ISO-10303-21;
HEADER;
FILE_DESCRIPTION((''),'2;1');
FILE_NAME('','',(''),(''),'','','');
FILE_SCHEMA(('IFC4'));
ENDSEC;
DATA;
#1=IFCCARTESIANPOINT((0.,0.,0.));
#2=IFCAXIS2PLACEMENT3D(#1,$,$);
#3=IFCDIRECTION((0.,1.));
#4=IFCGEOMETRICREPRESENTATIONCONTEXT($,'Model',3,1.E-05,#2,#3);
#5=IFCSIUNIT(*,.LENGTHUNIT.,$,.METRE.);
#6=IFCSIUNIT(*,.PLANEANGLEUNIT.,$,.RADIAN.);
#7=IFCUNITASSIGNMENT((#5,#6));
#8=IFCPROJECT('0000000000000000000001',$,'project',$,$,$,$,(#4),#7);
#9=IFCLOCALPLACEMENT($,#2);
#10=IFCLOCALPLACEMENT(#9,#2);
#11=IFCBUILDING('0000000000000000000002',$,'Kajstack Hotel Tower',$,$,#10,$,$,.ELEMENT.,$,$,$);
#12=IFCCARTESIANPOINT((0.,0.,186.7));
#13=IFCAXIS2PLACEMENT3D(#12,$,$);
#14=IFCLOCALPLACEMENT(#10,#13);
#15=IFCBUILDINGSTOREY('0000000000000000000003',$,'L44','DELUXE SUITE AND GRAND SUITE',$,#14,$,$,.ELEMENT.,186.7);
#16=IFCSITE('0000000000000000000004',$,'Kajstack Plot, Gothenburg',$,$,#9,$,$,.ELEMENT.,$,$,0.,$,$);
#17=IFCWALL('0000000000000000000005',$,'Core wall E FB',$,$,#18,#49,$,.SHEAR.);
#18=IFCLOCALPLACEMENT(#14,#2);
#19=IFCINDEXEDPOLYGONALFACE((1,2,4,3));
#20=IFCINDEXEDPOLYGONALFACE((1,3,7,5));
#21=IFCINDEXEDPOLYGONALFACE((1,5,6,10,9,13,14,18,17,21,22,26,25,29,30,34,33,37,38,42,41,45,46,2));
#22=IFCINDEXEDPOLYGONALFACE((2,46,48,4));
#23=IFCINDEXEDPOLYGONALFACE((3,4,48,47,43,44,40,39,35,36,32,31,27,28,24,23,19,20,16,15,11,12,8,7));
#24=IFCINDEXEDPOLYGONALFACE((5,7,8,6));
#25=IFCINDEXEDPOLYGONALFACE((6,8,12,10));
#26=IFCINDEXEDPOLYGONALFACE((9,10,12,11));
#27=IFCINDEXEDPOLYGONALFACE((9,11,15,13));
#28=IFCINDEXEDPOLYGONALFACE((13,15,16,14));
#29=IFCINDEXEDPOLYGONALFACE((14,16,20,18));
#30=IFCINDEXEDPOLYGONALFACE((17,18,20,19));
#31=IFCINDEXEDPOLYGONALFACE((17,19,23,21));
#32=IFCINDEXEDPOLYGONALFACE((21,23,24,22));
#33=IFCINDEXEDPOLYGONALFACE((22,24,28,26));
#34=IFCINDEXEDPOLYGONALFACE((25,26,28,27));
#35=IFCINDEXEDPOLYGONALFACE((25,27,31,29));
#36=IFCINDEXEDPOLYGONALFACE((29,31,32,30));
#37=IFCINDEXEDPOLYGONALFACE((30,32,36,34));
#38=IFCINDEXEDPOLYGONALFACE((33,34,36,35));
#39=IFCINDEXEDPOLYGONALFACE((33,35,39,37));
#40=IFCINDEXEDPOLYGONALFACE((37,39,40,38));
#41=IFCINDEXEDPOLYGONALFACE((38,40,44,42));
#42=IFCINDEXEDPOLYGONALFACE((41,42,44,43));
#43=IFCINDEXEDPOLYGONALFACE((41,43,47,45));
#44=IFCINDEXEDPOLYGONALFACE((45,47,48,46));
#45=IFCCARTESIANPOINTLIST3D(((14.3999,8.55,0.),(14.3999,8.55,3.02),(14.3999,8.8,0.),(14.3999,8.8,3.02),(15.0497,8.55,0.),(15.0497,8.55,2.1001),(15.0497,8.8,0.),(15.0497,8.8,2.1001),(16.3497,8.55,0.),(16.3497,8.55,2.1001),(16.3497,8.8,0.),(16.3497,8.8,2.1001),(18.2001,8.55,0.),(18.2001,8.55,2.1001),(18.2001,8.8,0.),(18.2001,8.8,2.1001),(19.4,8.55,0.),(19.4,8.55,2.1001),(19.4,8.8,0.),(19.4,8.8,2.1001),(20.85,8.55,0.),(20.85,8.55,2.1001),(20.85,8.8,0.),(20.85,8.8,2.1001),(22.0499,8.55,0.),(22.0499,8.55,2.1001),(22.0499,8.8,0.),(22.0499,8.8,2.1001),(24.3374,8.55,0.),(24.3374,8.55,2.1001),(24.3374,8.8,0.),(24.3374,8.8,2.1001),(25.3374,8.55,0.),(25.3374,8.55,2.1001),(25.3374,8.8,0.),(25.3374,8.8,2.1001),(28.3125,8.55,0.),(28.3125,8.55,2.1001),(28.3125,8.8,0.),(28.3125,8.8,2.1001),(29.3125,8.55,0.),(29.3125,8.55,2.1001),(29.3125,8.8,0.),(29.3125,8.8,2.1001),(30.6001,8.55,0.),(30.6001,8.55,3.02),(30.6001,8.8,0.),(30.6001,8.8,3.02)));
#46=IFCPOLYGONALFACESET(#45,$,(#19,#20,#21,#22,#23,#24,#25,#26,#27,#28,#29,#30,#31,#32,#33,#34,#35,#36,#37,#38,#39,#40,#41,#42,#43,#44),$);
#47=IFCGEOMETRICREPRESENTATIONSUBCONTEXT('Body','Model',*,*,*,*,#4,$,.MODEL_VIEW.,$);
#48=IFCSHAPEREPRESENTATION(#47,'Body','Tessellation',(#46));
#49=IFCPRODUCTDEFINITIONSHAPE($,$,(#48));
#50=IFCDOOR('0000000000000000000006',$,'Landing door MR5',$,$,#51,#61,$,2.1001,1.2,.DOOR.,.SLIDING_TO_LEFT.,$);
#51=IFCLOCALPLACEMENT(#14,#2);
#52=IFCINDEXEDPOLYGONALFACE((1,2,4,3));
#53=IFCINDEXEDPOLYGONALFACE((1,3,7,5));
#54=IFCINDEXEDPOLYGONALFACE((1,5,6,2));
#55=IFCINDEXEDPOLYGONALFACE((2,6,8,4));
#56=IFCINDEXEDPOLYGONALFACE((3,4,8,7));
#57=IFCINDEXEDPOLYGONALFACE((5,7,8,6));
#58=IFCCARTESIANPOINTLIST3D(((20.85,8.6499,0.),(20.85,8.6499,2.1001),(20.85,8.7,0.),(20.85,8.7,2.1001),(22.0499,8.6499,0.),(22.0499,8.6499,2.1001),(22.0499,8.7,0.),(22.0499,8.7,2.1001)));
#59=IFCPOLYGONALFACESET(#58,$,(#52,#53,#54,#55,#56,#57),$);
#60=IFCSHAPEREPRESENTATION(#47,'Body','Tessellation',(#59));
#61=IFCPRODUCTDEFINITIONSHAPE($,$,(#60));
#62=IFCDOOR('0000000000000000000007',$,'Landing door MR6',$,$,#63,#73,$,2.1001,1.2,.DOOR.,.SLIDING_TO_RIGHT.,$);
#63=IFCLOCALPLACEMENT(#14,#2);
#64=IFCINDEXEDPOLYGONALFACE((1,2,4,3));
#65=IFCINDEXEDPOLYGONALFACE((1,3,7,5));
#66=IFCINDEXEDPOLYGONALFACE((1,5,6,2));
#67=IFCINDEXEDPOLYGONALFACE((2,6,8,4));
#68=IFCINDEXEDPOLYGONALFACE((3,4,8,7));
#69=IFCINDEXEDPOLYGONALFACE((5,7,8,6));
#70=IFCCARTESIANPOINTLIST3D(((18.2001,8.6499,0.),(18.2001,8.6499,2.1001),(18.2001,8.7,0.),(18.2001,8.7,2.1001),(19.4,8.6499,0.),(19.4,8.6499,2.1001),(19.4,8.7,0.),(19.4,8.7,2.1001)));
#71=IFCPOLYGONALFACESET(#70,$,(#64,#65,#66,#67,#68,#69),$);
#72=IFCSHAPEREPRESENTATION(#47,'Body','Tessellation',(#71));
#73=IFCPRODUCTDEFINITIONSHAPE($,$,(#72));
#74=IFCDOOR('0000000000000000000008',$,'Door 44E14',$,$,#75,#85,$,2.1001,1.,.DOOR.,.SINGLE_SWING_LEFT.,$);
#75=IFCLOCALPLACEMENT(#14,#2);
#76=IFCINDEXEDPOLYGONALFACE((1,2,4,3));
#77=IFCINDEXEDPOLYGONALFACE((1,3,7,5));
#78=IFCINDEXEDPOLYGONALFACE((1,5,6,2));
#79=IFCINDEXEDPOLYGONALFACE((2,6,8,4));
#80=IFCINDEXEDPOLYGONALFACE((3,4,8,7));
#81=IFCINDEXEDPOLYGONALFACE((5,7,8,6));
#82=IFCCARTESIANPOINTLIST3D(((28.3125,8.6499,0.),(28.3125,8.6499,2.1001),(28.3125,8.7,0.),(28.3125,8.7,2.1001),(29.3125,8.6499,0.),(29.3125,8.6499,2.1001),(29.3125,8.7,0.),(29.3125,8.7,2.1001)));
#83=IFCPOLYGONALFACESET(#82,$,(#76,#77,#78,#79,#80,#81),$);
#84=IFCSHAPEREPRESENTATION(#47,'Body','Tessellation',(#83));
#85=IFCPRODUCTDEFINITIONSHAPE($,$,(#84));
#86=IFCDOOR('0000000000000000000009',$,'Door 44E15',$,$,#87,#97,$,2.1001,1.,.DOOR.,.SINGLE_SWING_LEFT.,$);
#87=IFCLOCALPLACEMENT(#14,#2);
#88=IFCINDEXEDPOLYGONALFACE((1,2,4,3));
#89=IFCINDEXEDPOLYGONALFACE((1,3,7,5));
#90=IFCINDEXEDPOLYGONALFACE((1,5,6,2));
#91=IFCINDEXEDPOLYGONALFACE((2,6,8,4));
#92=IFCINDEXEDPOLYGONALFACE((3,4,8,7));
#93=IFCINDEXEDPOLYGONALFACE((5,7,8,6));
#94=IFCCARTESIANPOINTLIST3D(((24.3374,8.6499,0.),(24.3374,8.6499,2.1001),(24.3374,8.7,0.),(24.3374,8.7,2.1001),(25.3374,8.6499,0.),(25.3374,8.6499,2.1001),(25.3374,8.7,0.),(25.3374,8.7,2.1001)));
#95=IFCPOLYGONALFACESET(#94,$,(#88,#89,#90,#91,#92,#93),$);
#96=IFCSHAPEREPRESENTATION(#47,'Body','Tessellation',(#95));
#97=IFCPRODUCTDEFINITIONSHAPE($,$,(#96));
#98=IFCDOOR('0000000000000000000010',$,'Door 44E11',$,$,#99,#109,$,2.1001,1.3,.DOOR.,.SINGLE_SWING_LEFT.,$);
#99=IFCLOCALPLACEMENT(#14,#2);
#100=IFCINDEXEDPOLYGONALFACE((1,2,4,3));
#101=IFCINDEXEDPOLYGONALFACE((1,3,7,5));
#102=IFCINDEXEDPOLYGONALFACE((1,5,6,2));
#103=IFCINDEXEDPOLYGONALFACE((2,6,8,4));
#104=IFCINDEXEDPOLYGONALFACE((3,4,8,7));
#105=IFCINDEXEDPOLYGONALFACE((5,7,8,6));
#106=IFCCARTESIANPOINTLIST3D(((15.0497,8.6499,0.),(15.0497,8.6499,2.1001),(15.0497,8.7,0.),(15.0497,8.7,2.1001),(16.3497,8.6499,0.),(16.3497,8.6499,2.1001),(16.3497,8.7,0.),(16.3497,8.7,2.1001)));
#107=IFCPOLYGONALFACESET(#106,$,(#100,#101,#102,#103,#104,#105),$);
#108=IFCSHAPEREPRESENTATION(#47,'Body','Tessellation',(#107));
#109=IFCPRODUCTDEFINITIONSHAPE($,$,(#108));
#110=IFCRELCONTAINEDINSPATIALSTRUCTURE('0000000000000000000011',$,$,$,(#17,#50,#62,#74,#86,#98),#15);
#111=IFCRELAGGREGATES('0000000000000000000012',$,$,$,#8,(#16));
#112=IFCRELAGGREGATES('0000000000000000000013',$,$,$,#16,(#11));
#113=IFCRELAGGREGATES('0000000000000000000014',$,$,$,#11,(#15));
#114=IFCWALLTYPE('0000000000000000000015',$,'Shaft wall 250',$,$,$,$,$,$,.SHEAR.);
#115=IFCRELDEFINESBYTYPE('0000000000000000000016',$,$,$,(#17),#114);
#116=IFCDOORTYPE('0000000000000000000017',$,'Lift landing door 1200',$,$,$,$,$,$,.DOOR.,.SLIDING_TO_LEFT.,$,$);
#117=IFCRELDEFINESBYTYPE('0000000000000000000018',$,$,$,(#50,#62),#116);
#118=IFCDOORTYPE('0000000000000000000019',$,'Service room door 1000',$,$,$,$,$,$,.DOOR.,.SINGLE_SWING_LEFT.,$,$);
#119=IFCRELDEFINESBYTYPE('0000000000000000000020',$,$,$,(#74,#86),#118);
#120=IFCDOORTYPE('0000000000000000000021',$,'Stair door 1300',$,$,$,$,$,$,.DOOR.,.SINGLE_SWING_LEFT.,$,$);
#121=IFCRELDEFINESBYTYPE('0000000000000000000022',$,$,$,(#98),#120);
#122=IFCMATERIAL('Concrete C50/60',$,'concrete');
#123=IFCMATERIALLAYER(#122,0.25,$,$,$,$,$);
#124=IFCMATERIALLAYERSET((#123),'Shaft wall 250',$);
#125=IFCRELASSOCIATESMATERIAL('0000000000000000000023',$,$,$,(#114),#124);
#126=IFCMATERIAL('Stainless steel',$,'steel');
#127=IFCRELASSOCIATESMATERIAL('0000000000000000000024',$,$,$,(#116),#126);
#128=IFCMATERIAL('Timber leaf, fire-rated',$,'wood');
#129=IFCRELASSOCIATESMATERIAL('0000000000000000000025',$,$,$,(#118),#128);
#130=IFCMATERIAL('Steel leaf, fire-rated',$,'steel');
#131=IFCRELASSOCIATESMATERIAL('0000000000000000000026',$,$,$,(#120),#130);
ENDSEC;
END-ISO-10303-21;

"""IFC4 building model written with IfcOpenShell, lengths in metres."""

from ifc_helpers import new_model, si_unit, direction, frame, frame_2d, origin, place, context, subcontext, project, spatial, rectangle, extrude, material, layer, layer_set, type_object, element, fill, save


model = new_model("IFC4")

# Units and contexts
model_context = context("Model", 3, precision=1e-05, world=origin(), true_north=direction((0.0, 1.0)))
body_context = subcontext(model_context, "Body", "Model", "MODEL_VIEW")
ifc_project = project(units=[si_unit("LENGTHUNIT", "METRE"), si_unit("PLANEANGLEUNIT", "RADIAN")], contexts=[model_context])

# Site, building, storey
site_placement = place(None, origin())
site = spatial("IfcSite", under=ifc_project, at=site_placement, Name="Kajstack Plot, Gothenburg", CompositionType="ELEMENT", RefElevation=0.0)
building_placement = place(site_placement, origin())
building = spatial("IfcBuilding", under=site, at=building_placement, Name="Kajstack Hotel Tower", CompositionType="ELEMENT")
storey_placement = place(building_placement, frame((0.0, 0.0, 186.7)))
storey = spatial("IfcBuildingStorey", under=building, at=storey_placement, Name="L44", Description="DELUXE SUITE AND GRAND SUITE", CompositionType="ELEMENT", Elevation=186.7)

# Wall, openings, doors
ifc_material_1 = material(Name="Concrete C50/60", Category="concrete")
ifc_layer_1 = layer(ifc_material_1, 0.25)
ifc_layer_set_1 = layer_set([ifc_layer_1], Name="Shaft wall 250")
wall_type_1 = type_object("IfcWallType", Name="Shaft wall 250", PredefinedType="SHEAR", material=ifc_layer_set_1)
wall_1_placement = place(storey_placement, frame((14.3999, 8.675, 0.0), z_axis=(0.0, 0.0, 1.0), x_axis=(1.0, 0.0, 0.0)))
wall_1 = element("IfcWall", 1, at=wall_1_placement, inside=storey, type_object=wall_type_1, Name="Core wall E FB", PredefinedType="SHEAR", context=body_context, shape_type="SweptSolid", body=[
    extrude(rectangle(XDim=16.2002, YDim=0.25, at=frame_2d((8.1001, 0.0))), origin(), (0.0, 0.0, 1.0), 3.02),
])
opening_1_placement = place(wall_1_placement, frame((6.45, 0.0, 0.0)))
opening_1 = element("IfcOpeningElement", 2, at=opening_1_placement, cuts=wall_1, PredefinedType="OPENING", context=body_context, shape_type="SweptSolid", body=[
    extrude(rectangle(XDim=1.2, YDim=2.1001, at=frame_2d((0.6001, 1.05))), frame((0.0, 0.135, 0.0), z_axis=(0.0, -1.0, 0.0), x_axis=(1.0, 0.0, 0.0)), (0.0, 0.0, 1.0), 0.27),
])
opening_2_placement = place(wall_1_placement, frame((3.8, 0.0, 0.0)))
opening_2 = element("IfcOpeningElement", 3, at=opening_2_placement, cuts=wall_1, PredefinedType="OPENING", context=body_context, shape_type="SweptSolid", body=[
    extrude(rectangle(XDim=1.2, YDim=2.1001, at=frame_2d((0.6001, 1.05))), frame((0.0, 0.135, 0.0), z_axis=(0.0, -1.0, 0.0), x_axis=(1.0, 0.0, 0.0)), (0.0, 0.0, 1.0), 0.27),
])
opening_3_placement = place(wall_1_placement, frame((0.6499, 0.0, 0.0)))
opening_3 = element("IfcOpeningElement", 4, at=opening_3_placement, cuts=wall_1, PredefinedType="OPENING", context=body_context, shape_type="SweptSolid", body=[
    extrude(rectangle(XDim=1.3, YDim=2.1001, at=frame_2d((0.6499, 1.05))), frame((0.0, 0.135, 0.0), z_axis=(0.0, -1.0, 0.0), x_axis=(1.0, 0.0, 0.0)), (0.0, 0.0, 1.0), 0.27),
])
opening_4_placement = place(wall_1_placement, frame((13.9126, 0.0, 0.0)))
opening_4 = element("IfcOpeningElement", 5, at=opening_4_placement, cuts=wall_1, PredefinedType="OPENING", context=body_context, shape_type="SweptSolid", body=[
    extrude(rectangle(XDim=1.0, YDim=2.1001, at=frame_2d((0.5, 1.05))), frame((0.0, 0.135, 0.0), z_axis=(0.0, -1.0, 0.0), x_axis=(1.0, 0.0, 0.0)), (0.0, 0.0, 1.0), 0.27),
])
opening_5_placement = place(wall_1_placement, frame((9.9375, 0.0, 0.0)))
opening_5 = element("IfcOpeningElement", 6, at=opening_5_placement, cuts=wall_1, PredefinedType="OPENING", context=body_context, shape_type="SweptSolid", body=[
    extrude(rectangle(XDim=1.0, YDim=2.1001, at=frame_2d((0.5, 1.05))), frame((0.0, 0.135, 0.0), z_axis=(0.0, -1.0, 0.0), x_axis=(1.0, 0.0, 0.0)), (0.0, 0.0, 1.0), 0.27),
])
ifc_material_2 = material(Name="Stainless steel", Category="steel")
door_type_1 = type_object("IfcDoorType", Name="Lift landing door 1200", OperationType="SLIDING_TO_LEFT", PredefinedType="DOOR", material=ifc_material_2)
door_1_placement = place(opening_1_placement, origin())
door_1 = element("IfcDoor", 7, at=door_1_placement, inside=storey, type_object=door_type_1, Name="Landing door MR5", OperationType="SLIDING_TO_LEFT", OverallHeight=2.1001, OverallWidth=1.2, PredefinedType="DOOR", context=body_context, shape_type="SweptSolid", body=[
    extrude(rectangle(XDim=1.2, YDim=2.1001, at=frame_2d((0.6001, 1.05))), frame((0.0, 0.0249, 0.0), z_axis=(0.0, -1.0, 0.0), x_axis=(1.0, 0.0, 0.0)), (0.0, 0.0, 1.0), 0.05),
])
fill(opening_1, door_1)
door_2_placement = place(opening_2_placement, origin())
door_2 = element("IfcDoor", 8, at=door_2_placement, inside=storey, type_object=door_type_1, Name="Landing door MR6", OperationType="SLIDING_TO_RIGHT", OverallHeight=2.1001, OverallWidth=1.2, PredefinedType="DOOR", context=body_context, shape_type="SweptSolid", body=[
    extrude(rectangle(XDim=1.2, YDim=2.1001, at=frame_2d((0.6001, 1.05))), frame((0.0, 0.0249, 0.0), z_axis=(0.0, -1.0, 0.0), x_axis=(1.0, 0.0, 0.0)), (0.0, 0.0, 1.0), 0.05),
])
fill(opening_2, door_2)
ifc_material_3 = material(Name="Timber leaf, fire-rated", Category="wood")
door_type_2 = type_object("IfcDoorType", Name="Service room door 1000", OperationType="SINGLE_SWING_LEFT", PredefinedType="DOOR", material=ifc_material_3)
door_3_placement = place(opening_4_placement, origin())
door_3 = element("IfcDoor", 9, at=door_3_placement, inside=storey, type_object=door_type_2, Name="Door 44E14", OperationType="SINGLE_SWING_LEFT", OverallHeight=2.1001, OverallWidth=1.0, PredefinedType="DOOR", context=body_context, shape_type="SweptSolid", body=[
    extrude(rectangle(XDim=1.0, YDim=2.1001, at=frame_2d((0.5, 1.05))), frame((0.0, 0.0249, 0.0), z_axis=(0.0, -1.0, 0.0), x_axis=(1.0, 0.0, 0.0)), (0.0, 0.0, 1.0), 0.05),
])
fill(opening_4, door_3)
door_4_placement = place(opening_5_placement, origin())
door_4 = element("IfcDoor", 10, at=door_4_placement, inside=storey, type_object=door_type_2, Name="Door 44E15", OperationType="SINGLE_SWING_LEFT", OverallHeight=2.1001, OverallWidth=1.0, PredefinedType="DOOR", context=body_context, shape_type="SweptSolid", body=[
    extrude(rectangle(XDim=1.0, YDim=2.1001, at=frame_2d((0.5, 1.05))), frame((0.0, 0.0249, 0.0), z_axis=(0.0, -1.0, 0.0), x_axis=(1.0, 0.0, 0.0)), (0.0, 0.0, 1.0), 0.05),
])
fill(opening_5, door_4)
ifc_material_4 = material(Name="Steel leaf, fire-rated", Category="steel")
door_type_3 = type_object("IfcDoorType", Name="Stair door 1300", OperationType="SINGLE_SWING_LEFT", PredefinedType="DOOR", material=ifc_material_4)
door_5_placement = place(opening_3_placement, origin())
door_5 = element("IfcDoor", 11, at=door_5_placement, inside=storey, type_object=door_type_3, Name="Door 44E11", OperationType="SINGLE_SWING_LEFT", OverallHeight=2.1001, OverallWidth=1.3, PredefinedType="DOOR", context=body_context, shape_type="SweptSolid", body=[
    extrude(rectangle(XDim=1.3, YDim=2.1001, at=frame_2d((0.6499, 1.05))), frame((0.0, 0.0249, 0.0), z_axis=(0.0, -1.0, 0.0), x_axis=(1.0, 0.0, 0.0)), (0.0, 0.0, 1.0), 0.05),
])
fill(opening_3, door_5)

save(model, "model.ifc")
